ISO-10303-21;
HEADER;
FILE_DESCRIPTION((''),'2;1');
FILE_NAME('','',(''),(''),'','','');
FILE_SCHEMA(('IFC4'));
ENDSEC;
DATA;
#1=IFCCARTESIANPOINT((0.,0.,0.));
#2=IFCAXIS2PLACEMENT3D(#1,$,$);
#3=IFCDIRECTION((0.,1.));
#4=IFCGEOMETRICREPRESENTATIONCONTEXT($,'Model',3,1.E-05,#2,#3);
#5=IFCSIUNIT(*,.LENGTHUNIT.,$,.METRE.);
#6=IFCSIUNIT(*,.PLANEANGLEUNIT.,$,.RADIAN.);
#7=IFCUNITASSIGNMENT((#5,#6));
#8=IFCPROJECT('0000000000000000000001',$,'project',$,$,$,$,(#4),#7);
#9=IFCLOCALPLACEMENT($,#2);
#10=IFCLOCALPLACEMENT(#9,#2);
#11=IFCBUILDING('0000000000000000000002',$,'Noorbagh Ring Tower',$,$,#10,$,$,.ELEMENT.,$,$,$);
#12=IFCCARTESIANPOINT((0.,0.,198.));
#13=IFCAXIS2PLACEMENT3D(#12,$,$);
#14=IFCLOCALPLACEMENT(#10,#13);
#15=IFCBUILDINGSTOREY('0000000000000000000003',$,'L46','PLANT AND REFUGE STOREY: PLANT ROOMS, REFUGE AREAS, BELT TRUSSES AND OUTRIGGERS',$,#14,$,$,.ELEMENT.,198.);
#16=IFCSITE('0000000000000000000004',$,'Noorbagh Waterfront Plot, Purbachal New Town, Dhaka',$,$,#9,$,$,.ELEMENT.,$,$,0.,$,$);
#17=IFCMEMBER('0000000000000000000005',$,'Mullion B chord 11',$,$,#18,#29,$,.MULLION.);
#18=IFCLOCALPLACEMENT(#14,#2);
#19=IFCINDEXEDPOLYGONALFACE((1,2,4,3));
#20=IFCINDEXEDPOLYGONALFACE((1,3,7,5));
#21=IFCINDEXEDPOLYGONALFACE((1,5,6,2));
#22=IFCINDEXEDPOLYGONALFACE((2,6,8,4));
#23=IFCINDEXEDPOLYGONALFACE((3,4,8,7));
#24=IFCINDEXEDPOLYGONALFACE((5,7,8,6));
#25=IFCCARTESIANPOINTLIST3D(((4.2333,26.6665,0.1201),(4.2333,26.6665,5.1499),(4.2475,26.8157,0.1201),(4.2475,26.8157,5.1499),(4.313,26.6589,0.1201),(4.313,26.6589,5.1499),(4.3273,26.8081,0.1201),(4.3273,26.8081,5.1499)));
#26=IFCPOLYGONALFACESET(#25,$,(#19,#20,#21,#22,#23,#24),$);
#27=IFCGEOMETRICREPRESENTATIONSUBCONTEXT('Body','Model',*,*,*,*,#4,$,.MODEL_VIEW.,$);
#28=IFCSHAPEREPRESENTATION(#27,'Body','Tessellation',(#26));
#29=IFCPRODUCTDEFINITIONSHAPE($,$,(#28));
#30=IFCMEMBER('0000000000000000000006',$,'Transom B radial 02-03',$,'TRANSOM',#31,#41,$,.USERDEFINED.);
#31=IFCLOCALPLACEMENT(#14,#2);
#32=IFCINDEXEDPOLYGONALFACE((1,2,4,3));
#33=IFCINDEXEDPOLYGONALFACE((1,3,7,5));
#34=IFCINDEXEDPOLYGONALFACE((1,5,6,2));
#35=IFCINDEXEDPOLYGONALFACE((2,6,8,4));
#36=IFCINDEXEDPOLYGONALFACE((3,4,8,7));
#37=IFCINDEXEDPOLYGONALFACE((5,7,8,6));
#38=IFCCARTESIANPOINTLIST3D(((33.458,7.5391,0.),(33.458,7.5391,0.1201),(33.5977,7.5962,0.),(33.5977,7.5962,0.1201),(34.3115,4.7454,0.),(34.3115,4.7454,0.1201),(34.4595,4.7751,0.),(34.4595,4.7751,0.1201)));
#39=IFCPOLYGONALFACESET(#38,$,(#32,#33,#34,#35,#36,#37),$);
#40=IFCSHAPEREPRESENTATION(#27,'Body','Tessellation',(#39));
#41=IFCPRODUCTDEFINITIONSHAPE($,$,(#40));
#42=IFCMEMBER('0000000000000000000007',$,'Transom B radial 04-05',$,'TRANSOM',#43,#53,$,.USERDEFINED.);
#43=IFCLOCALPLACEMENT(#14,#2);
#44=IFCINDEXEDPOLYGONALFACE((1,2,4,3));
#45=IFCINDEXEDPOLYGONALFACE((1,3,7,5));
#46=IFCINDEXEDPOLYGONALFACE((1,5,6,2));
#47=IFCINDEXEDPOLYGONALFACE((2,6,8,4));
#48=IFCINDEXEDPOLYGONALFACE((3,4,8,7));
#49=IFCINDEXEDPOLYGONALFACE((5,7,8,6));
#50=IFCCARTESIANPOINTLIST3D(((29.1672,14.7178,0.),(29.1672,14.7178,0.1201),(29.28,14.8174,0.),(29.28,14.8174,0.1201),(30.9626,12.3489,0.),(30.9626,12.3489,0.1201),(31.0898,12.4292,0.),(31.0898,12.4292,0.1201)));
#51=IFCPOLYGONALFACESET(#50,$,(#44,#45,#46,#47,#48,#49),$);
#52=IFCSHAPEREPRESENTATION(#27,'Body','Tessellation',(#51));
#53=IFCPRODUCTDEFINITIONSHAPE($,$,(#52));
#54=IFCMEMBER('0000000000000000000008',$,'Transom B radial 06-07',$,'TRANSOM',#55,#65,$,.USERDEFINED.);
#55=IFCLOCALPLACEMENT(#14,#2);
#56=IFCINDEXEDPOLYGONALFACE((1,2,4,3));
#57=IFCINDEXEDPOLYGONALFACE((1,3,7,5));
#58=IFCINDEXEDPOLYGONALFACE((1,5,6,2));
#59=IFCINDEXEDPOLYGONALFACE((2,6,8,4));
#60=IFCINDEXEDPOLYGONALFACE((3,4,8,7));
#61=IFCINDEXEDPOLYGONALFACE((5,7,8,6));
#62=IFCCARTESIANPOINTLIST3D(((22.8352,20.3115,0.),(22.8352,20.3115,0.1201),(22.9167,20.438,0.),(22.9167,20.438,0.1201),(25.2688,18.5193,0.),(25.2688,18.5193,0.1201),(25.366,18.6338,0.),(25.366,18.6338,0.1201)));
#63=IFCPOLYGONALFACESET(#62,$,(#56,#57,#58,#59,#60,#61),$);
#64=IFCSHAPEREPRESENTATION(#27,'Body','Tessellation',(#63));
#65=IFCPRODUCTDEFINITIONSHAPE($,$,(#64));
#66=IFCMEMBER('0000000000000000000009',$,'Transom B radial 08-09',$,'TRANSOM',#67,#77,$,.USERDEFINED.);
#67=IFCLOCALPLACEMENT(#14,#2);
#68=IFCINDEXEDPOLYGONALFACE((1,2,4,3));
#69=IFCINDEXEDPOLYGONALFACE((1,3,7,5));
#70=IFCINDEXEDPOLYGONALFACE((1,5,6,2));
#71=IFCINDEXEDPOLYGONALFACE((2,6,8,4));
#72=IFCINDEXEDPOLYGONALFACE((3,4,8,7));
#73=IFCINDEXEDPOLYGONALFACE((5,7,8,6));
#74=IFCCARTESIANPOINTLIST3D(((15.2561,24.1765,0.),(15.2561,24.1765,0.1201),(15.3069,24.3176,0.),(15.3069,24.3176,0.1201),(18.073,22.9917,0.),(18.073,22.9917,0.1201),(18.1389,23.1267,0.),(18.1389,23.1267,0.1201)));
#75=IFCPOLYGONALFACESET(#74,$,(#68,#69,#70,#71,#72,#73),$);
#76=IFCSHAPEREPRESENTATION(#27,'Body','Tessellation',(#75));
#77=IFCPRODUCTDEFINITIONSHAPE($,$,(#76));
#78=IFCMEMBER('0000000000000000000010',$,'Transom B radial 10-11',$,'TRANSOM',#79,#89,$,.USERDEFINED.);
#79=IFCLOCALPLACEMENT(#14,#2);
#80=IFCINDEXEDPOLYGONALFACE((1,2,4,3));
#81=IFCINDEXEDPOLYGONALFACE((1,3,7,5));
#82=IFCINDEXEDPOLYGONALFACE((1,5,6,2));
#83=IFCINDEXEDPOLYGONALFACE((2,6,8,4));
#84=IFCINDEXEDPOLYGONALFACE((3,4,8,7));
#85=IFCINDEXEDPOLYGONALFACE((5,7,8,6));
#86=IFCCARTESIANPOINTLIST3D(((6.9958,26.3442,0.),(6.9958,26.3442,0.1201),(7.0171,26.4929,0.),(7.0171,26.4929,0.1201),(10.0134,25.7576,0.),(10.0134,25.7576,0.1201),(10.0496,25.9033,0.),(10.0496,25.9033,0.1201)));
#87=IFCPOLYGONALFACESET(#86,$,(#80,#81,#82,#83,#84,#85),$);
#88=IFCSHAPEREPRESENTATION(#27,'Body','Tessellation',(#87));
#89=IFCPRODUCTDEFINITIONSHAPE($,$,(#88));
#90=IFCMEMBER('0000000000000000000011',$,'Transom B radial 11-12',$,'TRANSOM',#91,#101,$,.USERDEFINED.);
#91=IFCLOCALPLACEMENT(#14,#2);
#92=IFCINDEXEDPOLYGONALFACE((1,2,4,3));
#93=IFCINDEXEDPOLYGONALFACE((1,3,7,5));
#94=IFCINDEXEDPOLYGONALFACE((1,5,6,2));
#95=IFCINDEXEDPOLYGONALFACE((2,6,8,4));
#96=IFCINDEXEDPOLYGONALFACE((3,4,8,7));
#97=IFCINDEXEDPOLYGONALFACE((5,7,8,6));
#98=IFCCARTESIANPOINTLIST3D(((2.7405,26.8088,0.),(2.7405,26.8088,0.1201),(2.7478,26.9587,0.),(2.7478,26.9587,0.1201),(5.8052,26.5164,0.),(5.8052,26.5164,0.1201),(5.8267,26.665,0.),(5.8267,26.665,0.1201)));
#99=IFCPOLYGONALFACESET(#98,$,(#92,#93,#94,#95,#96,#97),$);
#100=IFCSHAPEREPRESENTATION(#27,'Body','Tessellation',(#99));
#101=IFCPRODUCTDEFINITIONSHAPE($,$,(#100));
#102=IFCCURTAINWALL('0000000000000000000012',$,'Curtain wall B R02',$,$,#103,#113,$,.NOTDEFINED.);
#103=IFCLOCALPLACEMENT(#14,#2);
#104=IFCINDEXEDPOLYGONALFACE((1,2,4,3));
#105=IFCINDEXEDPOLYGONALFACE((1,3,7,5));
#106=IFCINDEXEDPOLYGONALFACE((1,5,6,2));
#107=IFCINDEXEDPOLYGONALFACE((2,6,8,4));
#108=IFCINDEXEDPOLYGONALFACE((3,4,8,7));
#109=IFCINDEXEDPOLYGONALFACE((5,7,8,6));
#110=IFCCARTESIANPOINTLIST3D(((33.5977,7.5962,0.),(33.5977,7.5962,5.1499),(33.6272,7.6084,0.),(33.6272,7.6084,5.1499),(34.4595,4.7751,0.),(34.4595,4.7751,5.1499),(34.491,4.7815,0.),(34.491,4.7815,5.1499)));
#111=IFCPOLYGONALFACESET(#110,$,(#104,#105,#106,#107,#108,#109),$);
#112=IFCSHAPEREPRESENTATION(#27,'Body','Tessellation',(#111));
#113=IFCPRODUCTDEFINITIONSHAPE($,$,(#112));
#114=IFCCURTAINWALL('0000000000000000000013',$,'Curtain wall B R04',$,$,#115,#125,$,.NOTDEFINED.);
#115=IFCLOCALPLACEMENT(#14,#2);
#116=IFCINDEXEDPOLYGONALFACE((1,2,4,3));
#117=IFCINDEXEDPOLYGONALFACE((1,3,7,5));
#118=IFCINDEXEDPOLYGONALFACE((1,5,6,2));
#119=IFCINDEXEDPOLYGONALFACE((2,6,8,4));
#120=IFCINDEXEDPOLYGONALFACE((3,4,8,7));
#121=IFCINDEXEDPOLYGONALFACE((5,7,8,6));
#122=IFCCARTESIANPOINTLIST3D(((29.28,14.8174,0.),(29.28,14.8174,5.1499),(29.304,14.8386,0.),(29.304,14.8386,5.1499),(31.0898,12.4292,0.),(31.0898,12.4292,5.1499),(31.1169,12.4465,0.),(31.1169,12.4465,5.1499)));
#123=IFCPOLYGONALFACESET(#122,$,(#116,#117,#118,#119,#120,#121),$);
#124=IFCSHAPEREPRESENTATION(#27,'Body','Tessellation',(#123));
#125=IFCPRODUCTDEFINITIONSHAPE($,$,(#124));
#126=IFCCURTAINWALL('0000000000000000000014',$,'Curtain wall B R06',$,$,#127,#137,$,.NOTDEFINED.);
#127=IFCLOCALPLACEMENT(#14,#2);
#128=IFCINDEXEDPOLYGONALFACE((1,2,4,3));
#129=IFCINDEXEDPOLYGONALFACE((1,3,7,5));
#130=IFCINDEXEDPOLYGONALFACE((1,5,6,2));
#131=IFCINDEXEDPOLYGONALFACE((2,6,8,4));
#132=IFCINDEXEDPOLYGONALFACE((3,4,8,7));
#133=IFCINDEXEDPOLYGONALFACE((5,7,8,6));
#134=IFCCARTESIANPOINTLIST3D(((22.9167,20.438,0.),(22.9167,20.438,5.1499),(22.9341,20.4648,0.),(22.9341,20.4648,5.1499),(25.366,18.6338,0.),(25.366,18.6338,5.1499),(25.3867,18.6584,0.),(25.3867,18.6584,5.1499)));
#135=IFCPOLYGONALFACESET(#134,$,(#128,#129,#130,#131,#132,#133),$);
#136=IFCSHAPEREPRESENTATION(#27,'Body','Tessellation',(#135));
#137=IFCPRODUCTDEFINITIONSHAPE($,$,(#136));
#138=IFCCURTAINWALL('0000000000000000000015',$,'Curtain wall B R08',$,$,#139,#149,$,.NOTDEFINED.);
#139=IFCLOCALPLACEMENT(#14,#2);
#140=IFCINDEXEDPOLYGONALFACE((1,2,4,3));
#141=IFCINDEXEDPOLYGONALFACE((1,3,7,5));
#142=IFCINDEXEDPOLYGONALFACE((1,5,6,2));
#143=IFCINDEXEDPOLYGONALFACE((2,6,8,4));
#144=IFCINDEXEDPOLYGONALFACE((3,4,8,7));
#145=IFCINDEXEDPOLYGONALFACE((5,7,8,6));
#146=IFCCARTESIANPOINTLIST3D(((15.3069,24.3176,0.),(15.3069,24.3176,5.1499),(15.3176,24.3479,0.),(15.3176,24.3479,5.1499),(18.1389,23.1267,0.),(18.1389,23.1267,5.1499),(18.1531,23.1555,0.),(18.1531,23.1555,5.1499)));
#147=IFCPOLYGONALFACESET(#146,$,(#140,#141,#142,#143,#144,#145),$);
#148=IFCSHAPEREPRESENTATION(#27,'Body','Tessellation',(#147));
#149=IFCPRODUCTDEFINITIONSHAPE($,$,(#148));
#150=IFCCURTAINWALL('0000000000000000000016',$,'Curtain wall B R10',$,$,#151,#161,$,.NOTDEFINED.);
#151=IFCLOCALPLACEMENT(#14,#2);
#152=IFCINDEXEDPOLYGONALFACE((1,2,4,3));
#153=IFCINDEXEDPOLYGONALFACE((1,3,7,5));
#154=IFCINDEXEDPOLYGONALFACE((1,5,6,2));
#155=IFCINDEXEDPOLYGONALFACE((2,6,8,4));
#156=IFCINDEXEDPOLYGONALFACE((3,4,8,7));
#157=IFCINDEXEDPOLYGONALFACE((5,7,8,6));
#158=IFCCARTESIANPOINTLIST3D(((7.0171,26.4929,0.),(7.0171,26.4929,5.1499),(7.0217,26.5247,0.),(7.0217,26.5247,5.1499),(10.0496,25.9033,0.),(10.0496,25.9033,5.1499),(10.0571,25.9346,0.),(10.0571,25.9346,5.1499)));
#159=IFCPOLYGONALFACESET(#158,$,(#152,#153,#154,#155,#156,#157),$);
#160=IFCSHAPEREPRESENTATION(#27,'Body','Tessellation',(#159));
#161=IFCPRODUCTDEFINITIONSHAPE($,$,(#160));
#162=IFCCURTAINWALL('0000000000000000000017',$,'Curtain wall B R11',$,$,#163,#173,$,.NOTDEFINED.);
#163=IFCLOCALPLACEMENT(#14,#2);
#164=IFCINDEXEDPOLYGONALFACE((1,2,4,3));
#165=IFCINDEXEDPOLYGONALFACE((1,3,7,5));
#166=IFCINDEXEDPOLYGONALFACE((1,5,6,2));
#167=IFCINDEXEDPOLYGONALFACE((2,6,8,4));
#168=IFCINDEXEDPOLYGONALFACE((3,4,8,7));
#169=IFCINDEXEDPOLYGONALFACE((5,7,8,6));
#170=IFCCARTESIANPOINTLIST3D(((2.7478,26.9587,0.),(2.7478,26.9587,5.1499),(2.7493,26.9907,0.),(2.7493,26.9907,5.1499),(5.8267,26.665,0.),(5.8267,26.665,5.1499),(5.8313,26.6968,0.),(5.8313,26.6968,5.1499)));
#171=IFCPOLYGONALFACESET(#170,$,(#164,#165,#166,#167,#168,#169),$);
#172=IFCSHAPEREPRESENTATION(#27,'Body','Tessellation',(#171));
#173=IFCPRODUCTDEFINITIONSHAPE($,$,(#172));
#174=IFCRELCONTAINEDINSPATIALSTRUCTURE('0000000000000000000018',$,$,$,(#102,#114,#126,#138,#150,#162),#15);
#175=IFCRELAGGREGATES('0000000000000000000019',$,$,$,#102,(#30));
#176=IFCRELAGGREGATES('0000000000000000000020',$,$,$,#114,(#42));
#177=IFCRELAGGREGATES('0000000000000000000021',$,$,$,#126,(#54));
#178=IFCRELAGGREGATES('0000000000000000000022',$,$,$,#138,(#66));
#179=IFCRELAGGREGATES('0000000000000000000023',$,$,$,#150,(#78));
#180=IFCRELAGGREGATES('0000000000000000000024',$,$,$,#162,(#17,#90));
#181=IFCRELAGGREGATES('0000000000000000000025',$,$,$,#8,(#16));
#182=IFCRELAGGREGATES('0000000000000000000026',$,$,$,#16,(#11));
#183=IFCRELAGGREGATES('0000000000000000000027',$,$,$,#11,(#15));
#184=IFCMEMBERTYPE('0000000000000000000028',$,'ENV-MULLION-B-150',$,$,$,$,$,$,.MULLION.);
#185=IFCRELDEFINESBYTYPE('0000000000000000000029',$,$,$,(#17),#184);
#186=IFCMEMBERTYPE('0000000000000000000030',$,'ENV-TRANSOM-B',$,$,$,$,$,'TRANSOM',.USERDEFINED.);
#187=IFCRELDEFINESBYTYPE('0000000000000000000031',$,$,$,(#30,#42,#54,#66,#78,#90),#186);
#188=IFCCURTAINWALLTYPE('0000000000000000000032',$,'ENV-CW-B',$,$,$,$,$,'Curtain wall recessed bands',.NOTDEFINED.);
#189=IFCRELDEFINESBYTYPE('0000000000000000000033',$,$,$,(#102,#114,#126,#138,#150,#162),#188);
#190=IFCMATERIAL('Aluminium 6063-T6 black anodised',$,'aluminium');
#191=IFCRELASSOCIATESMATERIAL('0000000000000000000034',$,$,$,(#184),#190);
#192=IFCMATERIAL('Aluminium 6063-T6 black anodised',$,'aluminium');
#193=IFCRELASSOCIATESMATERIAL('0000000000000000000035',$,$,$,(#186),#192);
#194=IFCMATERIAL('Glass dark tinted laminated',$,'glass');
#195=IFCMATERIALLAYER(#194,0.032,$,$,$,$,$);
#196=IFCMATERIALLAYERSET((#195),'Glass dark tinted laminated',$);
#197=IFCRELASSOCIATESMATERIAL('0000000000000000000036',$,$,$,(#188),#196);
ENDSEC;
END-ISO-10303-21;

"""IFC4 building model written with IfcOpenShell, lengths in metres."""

from ifc_helpers import new_model, si_unit, direction, frame, origin, origin_2d, place, context, subcontext, project, spatial, polyline, rectangle, outline, extrude, material, layer, layer_set, material_profile, profile_set, type_object, element, aggregate, save


model = new_model("IFC4")

# Units and contexts
model_context = context("Model", 3, precision=1e-05, world=origin(), true_north=direction((0.0, 1.0)))
body_context = subcontext(model_context, "Body", "Model", "MODEL_VIEW")
ifc_project = project(units=[si_unit("LENGTHUNIT", "METRE"), si_unit("PLANEANGLEUNIT", "RADIAN")], contexts=[model_context])

# Members
ifc_material_1 = material(Name="Aluminium 6063-T6 black anodised", Category="aluminium")
ifc_material_profile = material_profile(ifc_material_1, rectangle(XDim=0.1499, YDim=0.0801, at=origin_2d()), Name="150x80")
ifc_profile_set = profile_set([ifc_material_profile], Name="Aluminium 6063-T6 black anodised")
member_type_1 = type_object("IfcMemberType", Name="ENV-MULLION-B-150", PredefinedType="MULLION", material=ifc_profile_set)
site_placement = place(None, origin())
building_placement = place(site_placement, origin())
storey_placement = place(building_placement, frame((0.0, 0.0, 198.0)))
member_1_placement = place(storey_placement, frame((4.2803, 26.7373, 0.1201), z_axis=(0.0, 0.0, 1.0), x_axis=(-0.095008, -0.995476, 0.0)))
member_1 = element("IfcMember", 1, at=member_1_placement, type_object=member_type_1, Name="Mullion B chord 11", PredefinedType="MULLION", context=body_context, shape_type="SweptSolid", body=[
    extrude(rectangle(XDim=0.1499, YDim=0.0801, at=origin_2d()), origin(), (0.0, 0.0, 1.0), 5.0298),
])
ifc_material_2 = material(Name="Aluminium 6063-T6 black anodised", Category="aluminium")
member_type_2 = type_object("IfcMemberType", Name="ENV-TRANSOM-B", ElementType="TRANSOM", PredefinedType="USERDEFINED", material=ifc_material_2)
member_2_placement = place(storey_placement, origin())
member_2 = element("IfcMember", 2, at=member_2_placement, type_object=member_type_2, Name="Transom B radial 02-03", ObjectType="TRANSOM", PredefinedType="USERDEFINED", context=body_context, shape_type="SweptSolid", body=[
    extrude(outline(polyline([(34.4595, 4.7751), (33.5977, 7.5962), (33.458, 7.5391), (34.3115, 4.7454), (34.4595, 4.7751)])), origin(), (0.0, 0.0, 1.0), 0.1201),
])
member_3_placement = place(storey_placement, origin())
member_3 = element("IfcMember", 3, at=member_3_placement, type_object=member_type_2, Name="Transom B radial 04-05", ObjectType="TRANSOM", PredefinedType="USERDEFINED", context=body_context, shape_type="SweptSolid", body=[
    extrude(outline(polyline([(31.0898, 12.4292), (29.28, 14.8174), (29.1672, 14.7178), (30.9626, 12.3489), (31.0898, 12.4292)])), origin(), (0.0, 0.0, 1.0), 0.1201),
])
member_4_placement = place(storey_placement, origin())
member_4 = element("IfcMember", 4, at=member_4_placement, type_object=member_type_2, Name="Transom B radial 06-07", ObjectType="TRANSOM", PredefinedType="USERDEFINED", context=body_context, shape_type="SweptSolid", body=[
    extrude(outline(polyline([(25.366, 18.6338), (22.9167, 20.438), (22.8352, 20.3115), (25.2688, 18.5193), (25.366, 18.6338)])), origin(), (0.0, 0.0, 1.0), 0.1201),
])
member_5_placement = place(storey_placement, origin())
member_5 = element("IfcMember", 5, at=member_5_placement, type_object=member_type_2, Name="Transom B radial 08-09", ObjectType="TRANSOM", PredefinedType="USERDEFINED", context=body_context, shape_type="SweptSolid", body=[
    extrude(outline(polyline([(18.1389, 23.1267), (15.3069, 24.3176), (15.2561, 24.1765), (18.073, 22.9917), (18.1389, 23.1267)])), origin(), (0.0, 0.0, 1.0), 0.1201),
])
member_6_placement = place(storey_placement, origin())
member_6 = element("IfcMember", 6, at=member_6_placement, type_object=member_type_2, Name="Transom B radial 10-11", ObjectType="TRANSOM", PredefinedType="USERDEFINED", context=body_context, shape_type="SweptSolid", body=[
    extrude(outline(polyline([(10.0496, 25.9033), (7.0171, 26.4929), (6.9958, 26.3442), (10.0134, 25.7576), (10.0496, 25.9033)])), origin(), (0.0, 0.0, 1.0), 0.1201),
])
member_7_placement = place(storey_placement, origin())
member_7 = element("IfcMember", 7, at=member_7_placement, type_object=member_type_2, Name="Transom B radial 11-12", ObjectType="TRANSOM", PredefinedType="USERDEFINED", context=body_context, shape_type="SweptSolid", body=[
    extrude(outline(polyline([(5.8267, 26.665), (2.7478, 26.9587), (2.7405, 26.8088), (5.8052, 26.5164), (5.8267, 26.665)])), origin(), (0.0, 0.0, 1.0), 0.1201),
])

# Site, building, storey
site = spatial("IfcSite", under=ifc_project, at=site_placement, Name="Noorbagh Waterfront Plot, Purbachal New Town, Dhaka", CompositionType="ELEMENT", RefElevation=0.0)
building = spatial("IfcBuilding", under=site, at=building_placement, Name="Noorbagh Ring Tower", CompositionType="ELEMENT")
storey = spatial("IfcBuildingStorey", under=building, at=storey_placement, Name="L46", Description="PLANT AND REFUGE STOREY: PLANT ROOMS, REFUGE AREAS, BELT TRUSSES AND OUTRIGGERS", CompositionType="ELEMENT", Elevation=198.0)

# Curtain walls
ifc_material_3 = material(Name="Glass dark tinted laminated", Category="glass")
ifc_layer = layer(ifc_material_3, 0.032)
ifc_layer_set = layer_set([ifc_layer], Name="Glass dark tinted laminated")
curtain_wall_type = type_object("IfcCurtainWallType", Name="ENV-CW-B", ElementType="Curtain wall recessed bands", PredefinedType="NOTDEFINED", material=ifc_layer_set)
curtain_wall_1_placement = place(storey_placement, origin())
curtain_wall_1 = element("IfcCurtainWall", 8, at=curtain_wall_1_placement, inside=storey, type_object=curtain_wall_type, Name="Curtain wall B R02", PredefinedType="NOTDEFINED", context=body_context, shape_type="SweptSolid", body=[
    extrude(outline(polyline([(34.491, 4.7815), (33.6272, 7.6084), (33.5977, 7.5962), (34.4595, 4.7751), (34.491, 4.7815)])), origin(), (0.0, 0.0, 1.0), 5.1499),
])
aggregate(curtain_wall_1, [member_2])
curtain_wall_2_placement = place(storey_placement, origin())
curtain_wall_2 = element("IfcCurtainWall", 9, at=curtain_wall_2_placement, inside=storey, type_object=curtain_wall_type, Name="Curtain wall B R04", PredefinedType="NOTDEFINED", context=body_context, shape_type="SweptSolid", body=[
    extrude(outline(polyline([(31.1169, 12.4465), (29.304, 14.8386), (29.28, 14.8174), (31.0898, 12.4292), (31.1169, 12.4465)])), origin(), (0.0, 0.0, 1.0), 5.1499),
])
aggregate(curtain_wall_2, [member_3])
curtain_wall_3_placement = place(storey_placement, origin())
curtain_wall_3 = element("IfcCurtainWall", 10, at=curtain_wall_3_placement, inside=storey, type_object=curtain_wall_type, Name="Curtain wall B R06", PredefinedType="NOTDEFINED", context=body_context, shape_type="SweptSolid", body=[
    extrude(outline(polyline([(25.3867, 18.6584), (22.9341, 20.4648), (22.9167, 20.438), (25.366, 18.6338), (25.3867, 18.6584)])), origin(), (0.0, 0.0, 1.0), 5.1499),
])
aggregate(curtain_wall_3, [member_4])
curtain_wall_4_placement = place(storey_placement, origin())
curtain_wall_4 = element("IfcCurtainWall", 11, at=curtain_wall_4_placement, inside=storey, type_object=curtain_wall_type, Name="Curtain wall B R08", PredefinedType="NOTDEFINED", context=body_context, shape_type="SweptSolid", body=[
    extrude(outline(polyline([(18.1531, 23.1555), (15.3176, 24.3479), (15.3069, 24.3176), (18.1389, 23.1267), (18.1531, 23.1555)])), origin(), (0.0, 0.0, 1.0), 5.1499),
])
aggregate(curtain_wall_4, [member_5])
curtain_wall_5_placement = place(storey_placement, origin())
curtain_wall_5 = element("IfcCurtainWall", 12, at=curtain_wall_5_placement, inside=storey, type_object=curtain_wall_type, Name="Curtain wall B R10", PredefinedType="NOTDEFINED", context=body_context, shape_type="SweptSolid", body=[
    extrude(outline(polyline([(10.0571, 25.9346), (7.0217, 26.5247), (7.0171, 26.4929), (10.0496, 25.9033), (10.0571, 25.9346)])), origin(), (0.0, 0.0, 1.0), 5.1499),
])
aggregate(curtain_wall_5, [member_6])
curtain_wall_6_placement = place(storey_placement, origin())
curtain_wall_6 = element("IfcCurtainWall", 13, at=curtain_wall_6_placement, inside=storey, type_object=curtain_wall_type, Name="Curtain wall B R11", PredefinedType="NOTDEFINED", context=body_context, shape_type="SweptSolid", body=[
    extrude(outline(polyline([(5.8313, 26.6968), (2.7493, 26.9907), (2.7478, 26.9587), (5.8267, 26.665), (5.8313, 26.6968)])), origin(), (0.0, 0.0, 1.0), 5.1499),
])
aggregate(curtain_wall_6, [member_1, member_7])

save(model, "model.ifc")
